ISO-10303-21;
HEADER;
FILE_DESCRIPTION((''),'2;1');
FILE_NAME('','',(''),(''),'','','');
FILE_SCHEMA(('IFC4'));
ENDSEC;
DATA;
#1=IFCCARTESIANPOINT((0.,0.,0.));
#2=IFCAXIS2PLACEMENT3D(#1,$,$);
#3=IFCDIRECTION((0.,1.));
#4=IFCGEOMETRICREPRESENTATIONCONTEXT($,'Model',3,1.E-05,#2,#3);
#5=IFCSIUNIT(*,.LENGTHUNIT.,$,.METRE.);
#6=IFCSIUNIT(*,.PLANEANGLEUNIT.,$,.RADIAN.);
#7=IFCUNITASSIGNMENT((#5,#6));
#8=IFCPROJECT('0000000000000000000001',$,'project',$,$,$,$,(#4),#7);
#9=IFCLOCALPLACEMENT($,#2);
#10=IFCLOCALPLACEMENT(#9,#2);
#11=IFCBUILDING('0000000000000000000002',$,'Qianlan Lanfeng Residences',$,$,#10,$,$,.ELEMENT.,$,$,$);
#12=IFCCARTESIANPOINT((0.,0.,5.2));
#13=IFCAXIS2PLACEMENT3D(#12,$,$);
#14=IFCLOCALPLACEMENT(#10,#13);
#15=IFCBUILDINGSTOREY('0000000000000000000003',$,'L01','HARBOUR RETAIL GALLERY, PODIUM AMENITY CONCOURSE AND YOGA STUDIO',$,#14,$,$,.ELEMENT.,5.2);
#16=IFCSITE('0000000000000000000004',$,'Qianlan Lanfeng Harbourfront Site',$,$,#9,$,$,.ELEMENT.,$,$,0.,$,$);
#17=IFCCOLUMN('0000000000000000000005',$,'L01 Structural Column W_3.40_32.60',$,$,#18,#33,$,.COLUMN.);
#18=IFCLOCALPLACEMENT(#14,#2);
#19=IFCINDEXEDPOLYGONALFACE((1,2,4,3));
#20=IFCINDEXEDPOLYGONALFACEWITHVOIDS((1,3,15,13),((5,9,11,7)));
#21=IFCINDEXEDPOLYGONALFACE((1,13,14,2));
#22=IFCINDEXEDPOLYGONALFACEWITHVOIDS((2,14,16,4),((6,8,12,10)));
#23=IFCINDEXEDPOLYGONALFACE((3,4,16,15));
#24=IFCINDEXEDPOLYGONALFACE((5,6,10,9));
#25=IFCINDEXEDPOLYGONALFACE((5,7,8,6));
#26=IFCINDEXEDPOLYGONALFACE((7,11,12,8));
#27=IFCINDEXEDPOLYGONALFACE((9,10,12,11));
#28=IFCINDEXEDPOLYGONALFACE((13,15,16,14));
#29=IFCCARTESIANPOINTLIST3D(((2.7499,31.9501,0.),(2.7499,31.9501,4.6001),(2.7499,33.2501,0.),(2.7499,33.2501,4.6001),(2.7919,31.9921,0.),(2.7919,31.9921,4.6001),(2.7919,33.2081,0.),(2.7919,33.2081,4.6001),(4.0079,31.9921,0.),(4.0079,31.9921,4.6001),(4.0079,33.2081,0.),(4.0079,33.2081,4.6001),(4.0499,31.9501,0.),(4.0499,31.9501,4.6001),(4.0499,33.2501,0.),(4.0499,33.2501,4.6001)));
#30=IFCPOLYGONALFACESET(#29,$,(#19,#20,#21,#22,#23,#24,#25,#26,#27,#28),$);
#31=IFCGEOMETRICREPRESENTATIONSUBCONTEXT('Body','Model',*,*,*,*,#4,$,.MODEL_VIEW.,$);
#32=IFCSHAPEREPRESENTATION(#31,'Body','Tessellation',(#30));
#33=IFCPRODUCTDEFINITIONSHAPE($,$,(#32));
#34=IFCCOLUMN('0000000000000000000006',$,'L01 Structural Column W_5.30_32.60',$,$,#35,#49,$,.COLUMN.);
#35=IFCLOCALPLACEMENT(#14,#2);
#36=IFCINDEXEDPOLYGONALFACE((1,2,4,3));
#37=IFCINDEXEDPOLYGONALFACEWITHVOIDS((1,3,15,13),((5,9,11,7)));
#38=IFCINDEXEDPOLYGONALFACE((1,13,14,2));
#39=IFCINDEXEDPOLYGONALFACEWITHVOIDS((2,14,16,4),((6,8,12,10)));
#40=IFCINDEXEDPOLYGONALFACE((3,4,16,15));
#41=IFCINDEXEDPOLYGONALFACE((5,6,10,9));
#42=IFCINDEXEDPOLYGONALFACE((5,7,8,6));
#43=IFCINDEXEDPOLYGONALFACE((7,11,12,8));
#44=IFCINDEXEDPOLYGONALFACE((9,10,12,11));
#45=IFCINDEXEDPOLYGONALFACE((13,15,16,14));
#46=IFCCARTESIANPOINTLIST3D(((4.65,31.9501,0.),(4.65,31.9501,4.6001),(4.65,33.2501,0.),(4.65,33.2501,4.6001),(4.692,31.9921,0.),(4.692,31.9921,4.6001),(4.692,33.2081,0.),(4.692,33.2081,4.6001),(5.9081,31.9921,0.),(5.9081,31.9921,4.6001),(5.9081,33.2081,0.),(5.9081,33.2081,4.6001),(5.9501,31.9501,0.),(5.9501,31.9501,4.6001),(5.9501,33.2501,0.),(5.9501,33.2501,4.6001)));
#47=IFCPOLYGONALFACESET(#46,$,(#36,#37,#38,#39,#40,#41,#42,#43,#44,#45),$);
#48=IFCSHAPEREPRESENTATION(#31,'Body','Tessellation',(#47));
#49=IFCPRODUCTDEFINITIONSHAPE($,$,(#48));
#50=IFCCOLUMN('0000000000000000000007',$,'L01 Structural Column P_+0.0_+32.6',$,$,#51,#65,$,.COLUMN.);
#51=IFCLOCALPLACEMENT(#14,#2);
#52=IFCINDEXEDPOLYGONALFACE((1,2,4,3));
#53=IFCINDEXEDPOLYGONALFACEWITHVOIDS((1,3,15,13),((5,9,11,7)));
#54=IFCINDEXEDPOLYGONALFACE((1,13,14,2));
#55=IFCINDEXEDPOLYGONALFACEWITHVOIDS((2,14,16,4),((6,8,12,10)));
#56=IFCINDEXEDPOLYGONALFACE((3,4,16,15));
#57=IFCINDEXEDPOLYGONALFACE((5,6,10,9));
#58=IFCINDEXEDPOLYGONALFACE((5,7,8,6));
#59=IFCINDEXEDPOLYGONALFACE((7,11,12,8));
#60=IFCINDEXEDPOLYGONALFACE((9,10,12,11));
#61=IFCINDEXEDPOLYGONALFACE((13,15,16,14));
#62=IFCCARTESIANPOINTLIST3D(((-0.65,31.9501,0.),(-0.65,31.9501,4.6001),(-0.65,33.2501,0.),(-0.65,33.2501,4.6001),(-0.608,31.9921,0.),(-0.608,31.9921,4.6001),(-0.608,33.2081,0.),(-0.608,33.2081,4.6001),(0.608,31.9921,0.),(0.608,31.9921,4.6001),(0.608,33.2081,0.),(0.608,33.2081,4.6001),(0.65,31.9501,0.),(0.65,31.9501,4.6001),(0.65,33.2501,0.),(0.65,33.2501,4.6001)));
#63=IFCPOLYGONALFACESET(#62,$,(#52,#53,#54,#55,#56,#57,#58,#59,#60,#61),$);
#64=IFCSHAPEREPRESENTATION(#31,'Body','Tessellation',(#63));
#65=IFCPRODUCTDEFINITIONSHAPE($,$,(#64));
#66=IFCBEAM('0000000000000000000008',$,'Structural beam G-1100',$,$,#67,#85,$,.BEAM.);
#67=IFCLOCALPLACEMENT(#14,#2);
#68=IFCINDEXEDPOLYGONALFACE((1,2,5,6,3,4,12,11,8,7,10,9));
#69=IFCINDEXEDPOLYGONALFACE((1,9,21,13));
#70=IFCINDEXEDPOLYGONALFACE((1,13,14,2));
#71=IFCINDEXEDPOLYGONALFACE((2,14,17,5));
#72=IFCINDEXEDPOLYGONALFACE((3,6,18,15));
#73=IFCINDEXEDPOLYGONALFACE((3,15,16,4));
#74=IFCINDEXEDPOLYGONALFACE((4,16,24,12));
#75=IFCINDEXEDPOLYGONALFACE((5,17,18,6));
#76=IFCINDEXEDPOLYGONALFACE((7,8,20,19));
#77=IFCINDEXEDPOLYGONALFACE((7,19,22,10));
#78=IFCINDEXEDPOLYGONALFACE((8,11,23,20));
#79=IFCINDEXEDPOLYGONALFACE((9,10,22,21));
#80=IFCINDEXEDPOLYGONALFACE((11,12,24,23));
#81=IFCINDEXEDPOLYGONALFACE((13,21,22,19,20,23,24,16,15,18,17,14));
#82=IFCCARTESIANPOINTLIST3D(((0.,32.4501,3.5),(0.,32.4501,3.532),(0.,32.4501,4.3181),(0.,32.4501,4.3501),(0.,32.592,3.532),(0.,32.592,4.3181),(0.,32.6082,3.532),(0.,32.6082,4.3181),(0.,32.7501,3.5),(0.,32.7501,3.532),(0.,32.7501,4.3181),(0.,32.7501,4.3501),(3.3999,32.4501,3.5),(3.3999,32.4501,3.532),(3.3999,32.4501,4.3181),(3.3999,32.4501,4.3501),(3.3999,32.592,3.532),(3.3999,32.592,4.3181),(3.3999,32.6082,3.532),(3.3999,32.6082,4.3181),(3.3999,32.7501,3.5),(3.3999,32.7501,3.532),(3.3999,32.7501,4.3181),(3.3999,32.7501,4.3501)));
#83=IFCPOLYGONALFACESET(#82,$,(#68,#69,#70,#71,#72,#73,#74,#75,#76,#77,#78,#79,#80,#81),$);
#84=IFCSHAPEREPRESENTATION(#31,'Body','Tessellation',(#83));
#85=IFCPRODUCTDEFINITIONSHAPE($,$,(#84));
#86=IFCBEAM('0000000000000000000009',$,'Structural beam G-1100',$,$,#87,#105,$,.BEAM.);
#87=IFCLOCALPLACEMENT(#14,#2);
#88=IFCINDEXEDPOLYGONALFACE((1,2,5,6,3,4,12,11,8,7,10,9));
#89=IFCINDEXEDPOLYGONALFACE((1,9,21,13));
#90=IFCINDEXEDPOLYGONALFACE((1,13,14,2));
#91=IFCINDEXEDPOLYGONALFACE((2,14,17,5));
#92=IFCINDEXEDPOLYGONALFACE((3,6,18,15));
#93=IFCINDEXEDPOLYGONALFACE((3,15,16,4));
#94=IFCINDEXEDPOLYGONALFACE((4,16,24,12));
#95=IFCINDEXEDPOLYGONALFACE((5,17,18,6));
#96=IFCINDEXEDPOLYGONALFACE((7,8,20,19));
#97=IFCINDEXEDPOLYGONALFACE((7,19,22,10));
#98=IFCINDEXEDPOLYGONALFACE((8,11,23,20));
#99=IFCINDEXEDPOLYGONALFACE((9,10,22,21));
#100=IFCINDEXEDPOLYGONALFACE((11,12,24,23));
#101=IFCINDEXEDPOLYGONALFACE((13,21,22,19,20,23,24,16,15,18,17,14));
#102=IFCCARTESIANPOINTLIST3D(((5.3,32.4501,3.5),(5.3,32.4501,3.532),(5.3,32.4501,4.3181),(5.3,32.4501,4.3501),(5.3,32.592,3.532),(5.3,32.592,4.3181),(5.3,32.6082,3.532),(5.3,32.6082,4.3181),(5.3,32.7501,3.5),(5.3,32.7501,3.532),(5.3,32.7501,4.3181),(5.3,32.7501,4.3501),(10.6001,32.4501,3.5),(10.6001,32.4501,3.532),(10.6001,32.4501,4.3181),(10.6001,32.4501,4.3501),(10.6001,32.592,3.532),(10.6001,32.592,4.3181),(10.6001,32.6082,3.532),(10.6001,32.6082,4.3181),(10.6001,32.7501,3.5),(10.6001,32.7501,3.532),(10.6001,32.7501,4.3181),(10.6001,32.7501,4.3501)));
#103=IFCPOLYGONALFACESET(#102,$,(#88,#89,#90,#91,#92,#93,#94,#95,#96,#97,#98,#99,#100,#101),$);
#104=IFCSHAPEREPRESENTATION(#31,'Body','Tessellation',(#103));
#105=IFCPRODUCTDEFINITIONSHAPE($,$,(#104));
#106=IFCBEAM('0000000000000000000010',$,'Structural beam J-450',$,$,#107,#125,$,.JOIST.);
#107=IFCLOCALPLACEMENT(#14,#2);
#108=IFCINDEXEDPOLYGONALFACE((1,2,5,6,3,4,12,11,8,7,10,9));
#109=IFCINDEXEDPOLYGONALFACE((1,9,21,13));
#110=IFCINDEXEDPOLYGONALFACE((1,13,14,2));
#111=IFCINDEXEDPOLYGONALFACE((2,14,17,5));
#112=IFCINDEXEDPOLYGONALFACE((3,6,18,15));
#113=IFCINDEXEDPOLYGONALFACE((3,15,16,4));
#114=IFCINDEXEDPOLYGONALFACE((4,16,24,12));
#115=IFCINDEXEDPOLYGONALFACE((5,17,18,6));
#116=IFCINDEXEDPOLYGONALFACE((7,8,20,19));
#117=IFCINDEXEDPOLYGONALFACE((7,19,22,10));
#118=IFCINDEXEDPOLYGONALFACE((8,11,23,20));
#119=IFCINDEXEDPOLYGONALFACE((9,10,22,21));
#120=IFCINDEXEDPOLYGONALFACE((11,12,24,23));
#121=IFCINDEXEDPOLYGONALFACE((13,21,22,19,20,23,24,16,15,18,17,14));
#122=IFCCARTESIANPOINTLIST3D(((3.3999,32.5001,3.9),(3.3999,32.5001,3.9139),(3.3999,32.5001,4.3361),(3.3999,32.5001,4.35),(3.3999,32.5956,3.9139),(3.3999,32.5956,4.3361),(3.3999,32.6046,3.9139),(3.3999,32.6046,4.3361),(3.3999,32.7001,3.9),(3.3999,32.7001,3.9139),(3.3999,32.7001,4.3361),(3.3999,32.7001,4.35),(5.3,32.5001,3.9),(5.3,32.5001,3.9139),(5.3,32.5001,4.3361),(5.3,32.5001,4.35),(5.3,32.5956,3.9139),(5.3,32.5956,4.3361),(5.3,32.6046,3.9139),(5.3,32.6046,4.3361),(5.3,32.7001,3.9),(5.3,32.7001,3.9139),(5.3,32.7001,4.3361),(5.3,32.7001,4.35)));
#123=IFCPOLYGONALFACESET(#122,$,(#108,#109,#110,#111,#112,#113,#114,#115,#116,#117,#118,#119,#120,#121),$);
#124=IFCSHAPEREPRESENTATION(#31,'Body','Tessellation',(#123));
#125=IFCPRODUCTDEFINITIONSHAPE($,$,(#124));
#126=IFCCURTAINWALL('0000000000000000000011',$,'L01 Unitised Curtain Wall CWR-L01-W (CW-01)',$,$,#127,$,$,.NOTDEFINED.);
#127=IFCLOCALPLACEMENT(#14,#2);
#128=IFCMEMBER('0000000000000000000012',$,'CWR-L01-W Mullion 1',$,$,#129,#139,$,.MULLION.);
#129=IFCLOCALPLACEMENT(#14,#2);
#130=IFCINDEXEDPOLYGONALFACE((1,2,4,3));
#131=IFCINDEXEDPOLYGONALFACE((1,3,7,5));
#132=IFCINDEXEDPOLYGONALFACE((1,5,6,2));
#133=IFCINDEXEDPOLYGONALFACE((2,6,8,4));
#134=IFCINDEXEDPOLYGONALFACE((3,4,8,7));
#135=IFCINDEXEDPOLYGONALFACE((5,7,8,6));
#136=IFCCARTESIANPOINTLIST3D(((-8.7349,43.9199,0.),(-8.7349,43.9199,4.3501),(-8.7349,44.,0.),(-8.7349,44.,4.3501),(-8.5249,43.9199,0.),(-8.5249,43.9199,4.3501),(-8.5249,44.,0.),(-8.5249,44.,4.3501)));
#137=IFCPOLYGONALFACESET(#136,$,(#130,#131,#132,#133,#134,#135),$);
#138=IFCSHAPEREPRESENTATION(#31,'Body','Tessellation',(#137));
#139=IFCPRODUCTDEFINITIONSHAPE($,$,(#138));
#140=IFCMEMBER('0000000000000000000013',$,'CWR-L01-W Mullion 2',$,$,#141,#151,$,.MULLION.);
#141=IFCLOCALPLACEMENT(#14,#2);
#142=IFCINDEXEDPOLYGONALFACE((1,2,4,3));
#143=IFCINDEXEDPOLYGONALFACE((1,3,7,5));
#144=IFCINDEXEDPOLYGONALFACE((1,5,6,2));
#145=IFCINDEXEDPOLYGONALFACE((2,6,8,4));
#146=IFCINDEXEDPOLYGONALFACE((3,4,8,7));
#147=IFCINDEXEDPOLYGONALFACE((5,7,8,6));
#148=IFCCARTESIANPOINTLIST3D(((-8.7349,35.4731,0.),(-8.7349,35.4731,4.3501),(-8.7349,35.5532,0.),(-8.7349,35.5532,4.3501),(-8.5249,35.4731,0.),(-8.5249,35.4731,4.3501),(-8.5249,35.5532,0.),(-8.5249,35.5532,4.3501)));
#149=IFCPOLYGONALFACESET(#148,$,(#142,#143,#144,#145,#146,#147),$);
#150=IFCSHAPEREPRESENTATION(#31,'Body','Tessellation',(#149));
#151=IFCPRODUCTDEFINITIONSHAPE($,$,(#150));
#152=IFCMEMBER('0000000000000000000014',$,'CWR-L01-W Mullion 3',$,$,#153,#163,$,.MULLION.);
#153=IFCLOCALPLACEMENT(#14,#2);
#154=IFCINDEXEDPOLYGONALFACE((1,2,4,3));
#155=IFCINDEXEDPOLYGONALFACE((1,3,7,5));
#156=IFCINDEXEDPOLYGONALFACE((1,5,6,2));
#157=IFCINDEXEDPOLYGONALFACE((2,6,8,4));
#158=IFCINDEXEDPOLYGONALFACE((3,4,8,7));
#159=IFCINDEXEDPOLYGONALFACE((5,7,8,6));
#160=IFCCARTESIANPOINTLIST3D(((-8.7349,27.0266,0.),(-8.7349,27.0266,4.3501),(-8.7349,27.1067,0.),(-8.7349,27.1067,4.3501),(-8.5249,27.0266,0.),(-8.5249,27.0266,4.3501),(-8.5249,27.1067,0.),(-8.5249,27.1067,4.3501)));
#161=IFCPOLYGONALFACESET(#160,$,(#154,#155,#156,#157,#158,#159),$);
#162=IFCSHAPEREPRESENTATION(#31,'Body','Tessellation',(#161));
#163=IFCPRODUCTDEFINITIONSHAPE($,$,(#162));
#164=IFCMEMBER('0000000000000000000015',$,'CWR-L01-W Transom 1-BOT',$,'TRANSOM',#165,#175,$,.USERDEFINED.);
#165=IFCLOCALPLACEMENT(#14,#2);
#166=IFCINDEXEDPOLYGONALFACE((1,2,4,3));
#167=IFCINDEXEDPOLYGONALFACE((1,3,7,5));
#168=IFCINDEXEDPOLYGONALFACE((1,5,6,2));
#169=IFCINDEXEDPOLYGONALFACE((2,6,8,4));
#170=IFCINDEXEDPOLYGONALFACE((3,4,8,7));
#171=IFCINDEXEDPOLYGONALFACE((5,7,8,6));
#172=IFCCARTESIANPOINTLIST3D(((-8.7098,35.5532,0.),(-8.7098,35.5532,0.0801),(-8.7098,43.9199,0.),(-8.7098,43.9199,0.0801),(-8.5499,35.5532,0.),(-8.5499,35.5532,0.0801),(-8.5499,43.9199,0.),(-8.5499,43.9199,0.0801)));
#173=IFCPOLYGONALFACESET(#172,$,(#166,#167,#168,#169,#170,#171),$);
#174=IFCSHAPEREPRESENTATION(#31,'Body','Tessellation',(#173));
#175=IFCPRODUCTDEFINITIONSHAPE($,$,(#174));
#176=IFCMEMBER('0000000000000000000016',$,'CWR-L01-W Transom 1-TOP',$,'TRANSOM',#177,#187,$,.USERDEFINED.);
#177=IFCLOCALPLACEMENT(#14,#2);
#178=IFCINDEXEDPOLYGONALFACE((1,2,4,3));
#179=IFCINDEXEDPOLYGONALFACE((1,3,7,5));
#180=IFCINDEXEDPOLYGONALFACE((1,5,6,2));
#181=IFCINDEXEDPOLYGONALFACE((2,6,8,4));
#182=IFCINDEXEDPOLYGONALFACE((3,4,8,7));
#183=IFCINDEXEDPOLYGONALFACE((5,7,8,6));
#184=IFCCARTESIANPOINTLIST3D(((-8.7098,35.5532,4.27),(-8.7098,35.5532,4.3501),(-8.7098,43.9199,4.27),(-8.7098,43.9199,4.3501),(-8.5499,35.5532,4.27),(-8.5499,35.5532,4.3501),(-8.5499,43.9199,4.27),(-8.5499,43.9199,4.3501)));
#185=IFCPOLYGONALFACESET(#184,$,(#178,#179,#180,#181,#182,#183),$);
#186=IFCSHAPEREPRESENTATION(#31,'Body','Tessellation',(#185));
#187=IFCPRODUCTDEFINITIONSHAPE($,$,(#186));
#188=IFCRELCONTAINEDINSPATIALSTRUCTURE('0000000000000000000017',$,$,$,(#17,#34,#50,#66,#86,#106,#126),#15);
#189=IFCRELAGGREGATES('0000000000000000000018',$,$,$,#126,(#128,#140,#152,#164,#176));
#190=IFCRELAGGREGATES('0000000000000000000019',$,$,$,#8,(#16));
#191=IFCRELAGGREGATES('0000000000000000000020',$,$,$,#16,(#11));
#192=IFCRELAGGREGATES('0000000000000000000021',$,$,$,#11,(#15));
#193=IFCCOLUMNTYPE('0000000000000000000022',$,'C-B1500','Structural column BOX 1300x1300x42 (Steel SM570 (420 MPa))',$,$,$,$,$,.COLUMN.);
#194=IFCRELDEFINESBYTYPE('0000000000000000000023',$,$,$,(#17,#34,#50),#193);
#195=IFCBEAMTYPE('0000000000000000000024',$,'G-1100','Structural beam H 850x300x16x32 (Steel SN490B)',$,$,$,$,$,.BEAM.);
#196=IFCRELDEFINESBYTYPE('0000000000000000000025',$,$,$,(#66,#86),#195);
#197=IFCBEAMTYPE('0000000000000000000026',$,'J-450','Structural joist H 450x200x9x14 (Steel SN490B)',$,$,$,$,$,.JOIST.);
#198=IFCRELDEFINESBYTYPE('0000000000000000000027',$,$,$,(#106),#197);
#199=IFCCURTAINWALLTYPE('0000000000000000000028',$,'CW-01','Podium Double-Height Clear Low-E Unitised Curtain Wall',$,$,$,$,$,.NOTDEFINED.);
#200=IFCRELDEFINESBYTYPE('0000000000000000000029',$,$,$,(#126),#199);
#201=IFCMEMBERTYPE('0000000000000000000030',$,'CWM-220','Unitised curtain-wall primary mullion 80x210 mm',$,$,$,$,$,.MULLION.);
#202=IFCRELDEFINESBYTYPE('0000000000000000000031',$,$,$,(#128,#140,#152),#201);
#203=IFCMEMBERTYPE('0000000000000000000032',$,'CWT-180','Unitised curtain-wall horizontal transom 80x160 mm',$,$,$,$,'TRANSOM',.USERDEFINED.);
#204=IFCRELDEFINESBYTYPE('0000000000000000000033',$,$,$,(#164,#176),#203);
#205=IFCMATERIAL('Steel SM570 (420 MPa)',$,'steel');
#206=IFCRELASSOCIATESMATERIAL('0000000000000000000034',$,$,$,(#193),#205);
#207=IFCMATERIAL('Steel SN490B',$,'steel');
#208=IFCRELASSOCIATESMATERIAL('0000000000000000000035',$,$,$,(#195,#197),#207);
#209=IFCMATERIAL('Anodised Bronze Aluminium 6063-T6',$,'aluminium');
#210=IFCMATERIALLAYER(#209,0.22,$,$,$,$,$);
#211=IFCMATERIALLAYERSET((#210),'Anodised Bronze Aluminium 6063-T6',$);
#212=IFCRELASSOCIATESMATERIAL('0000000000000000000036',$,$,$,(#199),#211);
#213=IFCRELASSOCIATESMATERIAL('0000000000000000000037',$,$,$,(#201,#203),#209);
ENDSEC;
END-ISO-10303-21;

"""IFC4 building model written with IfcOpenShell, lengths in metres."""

from ifc_helpers import new_model, si_unit, direction, frame, origin, origin_2d, place, context, subcontext, project, spatial, rectangle, hollow_rectangle, i_section, extrude, source, transform, mapped, material, layer, layer_set, material_profile, profile_set, type_object, element, aggregate, save


model = new_model("IFC4")

# Units and contexts
model_context = context("Model", 3, precision=1e-05, world=origin(), true_north=direction((0.0, 1.0)))
body_context = subcontext(model_context, "Body", "Model", "MODEL_VIEW")
ifc_project = project(units=[si_unit("LENGTHUNIT", "METRE"), si_unit("PLANEANGLEUNIT", "RADIAN")], contexts=[model_context])

# Site, building, storey
site_placement = place(None, origin())
site = spatial("IfcSite", under=ifc_project, at=site_placement, Name="Qianlan Lanfeng Harbourfront Site", CompositionType="ELEMENT", RefElevation=0.0)
building_placement = place(site_placement, origin())
building = spatial("IfcBuilding", under=site, at=building_placement, Name="Qianlan Lanfeng Residences", CompositionType="ELEMENT")
storey_placement = place(building_placement, frame((0.0, 0.0, 5.2)))
storey = spatial("IfcBuildingStorey", under=building, at=storey_placement, Name="L01", Description="HARBOUR RETAIL GALLERY, PODIUM AMENITY CONCOURSE AND YOGA STUDIO", CompositionType="ELEMENT", Elevation=5.2)

# Columns
ifc_material_1 = material(Name="Steel SM570 (420 MPa)", Category="steel")
ifc_material_profile_1 = material_profile(ifc_material_1, hollow_rectangle(XDim=1.3, YDim=1.3, WallThickness=0.042, at=origin_2d()), Name="BOX 1300x1300x42")
ifc_profile_set_1 = profile_set([ifc_material_profile_1], Name="Steel SM570 (420 MPa)")
column_type = type_object("IfcColumnType", Name="C-B1500", Description="Structural column BOX 1300x1300x42 (Steel SM570 (420 MPa))", PredefinedType="COLUMN", material=ifc_profile_set_1)
for number, where, z_axis, x_axis, name in (
    (1, (3.3999, 32.6001, 0.0), (0.0, 0.0, 1.0), (1.0, 0.0, 0.0), "L01 Structural Column W_3.40_32.60"),
    (2, (5.3, 32.6001, 0.0), (0.0, 0.0, 1.0), (1.0, 0.0, 0.0), "L01 Structural Column W_5.30_32.60"),
    (3, (0.0, 32.6001, 0.0), (0.0, 0.0, 1.0), (1.0, 0.0, 0.0), "L01 Structural Column P_+0.0_+32.6"),
):
    element("IfcColumn", number, at=place(storey_placement, frame(where, z_axis=z_axis, x_axis=x_axis)), inside=storey, type_object=column_type, Name=name, PredefinedType="COLUMN", context=body_context, shape_type="SweptSolid", body=[
        extrude(hollow_rectangle(XDim=1.3, YDim=1.3, WallThickness=0.042, at=origin_2d()), origin(), (0.0, 0.0, 1.0), 4.6001),
    ])

# Beams
ifc_material_2 = material(Name="Steel SN490B", Category="steel")
ifc_material_profile_2 = material_profile(ifc_material_2, i_section(OverallWidth=0.3, OverallDepth=0.8501, WebThickness=0.0161, FlangeThickness=0.032, at=origin_2d()), Name="H 850x300x16x32")
ifc_profile_set_2 = profile_set([ifc_material_profile_2], Name="Steel SN490B")
beam_type_1 = type_object("IfcBeamType", Name="G-1100", Description="Structural beam H 850x300x16x32 (Steel SN490B)", PredefinedType="BEAM", material=ifc_profile_set_2)
beam_1_placement = place(storey_placement, frame((0.0, 32.6001, 3.925), z_axis=(1.0, 0.0, 0.0), x_axis=(0.0, 1.0, 0.0)))
element("IfcBeam", 4, at=beam_1_placement, inside=storey, type_object=beam_type_1, Name="Structural beam G-1100", PredefinedType="BEAM", context=body_context, shape_type="SweptSolid", body=[
    extrude(i_section(OverallWidth=0.3, OverallDepth=0.8501, WebThickness=0.0161, FlangeThickness=0.032, at=origin_2d()), origin(), (0.0, 0.0, 1.0), 3.3999),
])
beam_2_placement = place(storey_placement, frame((5.3, 32.6001, 3.925), z_axis=(1.0, 0.0, 0.0), x_axis=(0.0, 1.0, 0.0)))
element("IfcBeam", 5, at=beam_2_placement, inside=storey, type_object=beam_type_1, Name="Structural beam G-1100", PredefinedType="BEAM", context=body_context, shape_type="SweptSolid", body=[
    extrude(i_section(OverallWidth=0.3, OverallDepth=0.8501, WebThickness=0.0161, FlangeThickness=0.032, at=origin_2d()), origin(), (0.0, 0.0, 1.0), 5.3),
])
ifc_material_profile_3 = material_profile(ifc_material_2, i_section(OverallWidth=0.2, OverallDepth=0.45, WebThickness=0.009, FlangeThickness=0.0139, at=origin_2d()), Name="H 450x200x9x14")
ifc_profile_set_3 = profile_set([ifc_material_profile_3], Name="Steel SN490B")
beam_type_2 = type_object("IfcBeamType", Name="J-450", Description="Structural joist H 450x200x9x14 (Steel SN490B)", PredefinedType="JOIST", material=ifc_profile_set_3)
beam_3_placement = place(storey_placement, frame((3.3999, 32.6001, 4.125), z_axis=(1.0, 0.0, 0.0), x_axis=(0.0, 1.0, 0.0)))
element("IfcBeam", 6, at=beam_3_placement, inside=storey, type_object=beam_type_2, Name="Structural beam J-450", PredefinedType="JOIST", context=body_context, shape_type="SweptSolid", body=[
    extrude(i_section(OverallWidth=0.2, OverallDepth=0.45, WebThickness=0.009, FlangeThickness=0.0139, at=origin_2d()), origin(), (0.0, 0.0, 1.0), 1.9001),
])

# Curtain wall, members
ifc_material_3 = material(Name="Anodised Bronze Aluminium 6063-T6", Category="aluminium")
ifc_layer_1 = layer(ifc_material_3, 0.22)
ifc_layer_set_1 = layer_set([ifc_layer_1], Name="Anodised Bronze Aluminium 6063-T6")
curtain_wall_type = type_object("IfcCurtainWallType", Name="CW-01", Description="Podium Double-Height Clear Low-E Unitised Curtain Wall", PredefinedType="NOTDEFINED", material=ifc_layer_set_1)
curtain_wall_placement = place(storey_placement, origin())
curtain_wall = element("IfcCurtainWall", 7, at=curtain_wall_placement, inside=storey, type_object=curtain_wall_type, Name="L01 Unitised Curtain Wall CWR-L01-W (CW-01)", PredefinedType="NOTDEFINED")
ifc_material_profile_4 = material_profile(ifc_material_3, rectangle(XDim=0.0801, YDim=0.21, at=origin_2d()), Name="ALU MULLION 80x210")
ifc_profile_set_4 = profile_set([ifc_material_profile_4], Name="Anodised Bronze Aluminium 6063-T6")
member_type_1 = type_object("IfcMemberType", Name="CWM-220", Description="Unitised curtain-wall primary mullion 80x210 mm", PredefinedType="MULLION", material=ifc_profile_set_4)
shared_shape_1 = source(origin(), body_context, "Body", "SweptSolid", [
    extrude(rectangle(XDim=0.0801, YDim=0.21, at=origin_2d()), origin(), (0.0, 0.0, 1.0), 4.3501),
])
member_1_placement = place(storey_placement, frame((-8.6299, 43.96, 0.0), z_axis=(0.0, 0.0, 1.0), x_axis=(0.0, -1.0, 0.0)))
member_1 = element("IfcMember", 8, at=member_1_placement, type_object=member_type_1, Name="CWR-L01-W Mullion 1", PredefinedType="MULLION", context=body_context, shape_type="MappedRepresentation", body=[
    mapped(shared_shape_1, transform((0.0, 0.0, 0.0), scale=1.0)),
])
member_2_placement = place(storey_placement, frame((-8.6299, 35.5132, 0.0), z_axis=(0.0, 0.0, 1.0), x_axis=(0.0, -1.0, 0.0)))
member_2 = element("IfcMember", 9, at=member_2_placement, type_object=member_type_1, Name="CWR-L01-W Mullion 2", PredefinedType="MULLION", context=body_context, shape_type="MappedRepresentation", body=[
    mapped(shared_shape_1, transform((0.0, 0.0, 0.0), scale=1.0)),
])
member_3_placement = place(storey_placement, frame((-8.6299, 27.0667, 0.0), z_axis=(0.0, 0.0, 1.0), x_axis=(0.0, -1.0, 0.0)))
member_3 = element("IfcMember", 10, at=member_3_placement, type_object=member_type_1, Name="CWR-L01-W Mullion 3", PredefinedType="MULLION", context=body_context, shape_type="MappedRepresentation", body=[
    mapped(shared_shape_1, transform((0.0, 0.0, 0.0), scale=1.0)),
])
ifc_material_profile_5 = material_profile(ifc_material_3, rectangle(XDim=0.0801, YDim=0.1599, at=origin_2d()), Name="ALU TRANSOM 80x160")
ifc_profile_set_5 = profile_set([ifc_material_profile_5], Name="Anodised Bronze Aluminium 6063-T6")
member_type_2 = type_object("IfcMemberType", Name="CWT-180", Description="Unitised curtain-wall horizontal transom 80x160 mm", ElementType="TRANSOM", PredefinedType="USERDEFINED", material=ifc_profile_set_5)
shared_shape_2 = source(origin(), body_context, "Body", "SweptSolid", [
    extrude(rectangle(XDim=0.0801, YDim=0.1599, at=origin_2d()), origin(), (0.0, 0.0, 1.0), 8.3667),
])
member_4_placement = place(storey_placement, frame((-8.6299, 43.9199, 0.04), z_axis=(0.0, -1.0, 0.0), x_axis=(0.0, 0.0, 1.0)))
member_4 = element("IfcMember", 11, at=member_4_placement, type_object=member_type_2, Name="CWR-L01-W Transom 1-BOT", ObjectType="TRANSOM", PredefinedType="USERDEFINED", context=body_context, shape_type="MappedRepresentation", body=[
    mapped(shared_shape_2, transform((0.0, 0.0, 0.0), scale=1.0)),
])
member_5_placement = place(storey_placement, frame((-8.6299, 43.9199, 4.3101), z_axis=(0.0, -1.0, 0.0), x_axis=(0.0, 0.0, 1.0)))
member_5 = element("IfcMember", 12, at=member_5_placement, type_object=member_type_2, Name="CWR-L01-W Transom 1-TOP", ObjectType="TRANSOM", PredefinedType="USERDEFINED", context=body_context, shape_type="MappedRepresentation", body=[
    mapped(shared_shape_2, transform((0.0, 0.0, 0.0), scale=1.0)),
])
aggregate(curtain_wall, [member_1, member_2, member_3, member_4, member_5])

save(model, "model.ifc")
